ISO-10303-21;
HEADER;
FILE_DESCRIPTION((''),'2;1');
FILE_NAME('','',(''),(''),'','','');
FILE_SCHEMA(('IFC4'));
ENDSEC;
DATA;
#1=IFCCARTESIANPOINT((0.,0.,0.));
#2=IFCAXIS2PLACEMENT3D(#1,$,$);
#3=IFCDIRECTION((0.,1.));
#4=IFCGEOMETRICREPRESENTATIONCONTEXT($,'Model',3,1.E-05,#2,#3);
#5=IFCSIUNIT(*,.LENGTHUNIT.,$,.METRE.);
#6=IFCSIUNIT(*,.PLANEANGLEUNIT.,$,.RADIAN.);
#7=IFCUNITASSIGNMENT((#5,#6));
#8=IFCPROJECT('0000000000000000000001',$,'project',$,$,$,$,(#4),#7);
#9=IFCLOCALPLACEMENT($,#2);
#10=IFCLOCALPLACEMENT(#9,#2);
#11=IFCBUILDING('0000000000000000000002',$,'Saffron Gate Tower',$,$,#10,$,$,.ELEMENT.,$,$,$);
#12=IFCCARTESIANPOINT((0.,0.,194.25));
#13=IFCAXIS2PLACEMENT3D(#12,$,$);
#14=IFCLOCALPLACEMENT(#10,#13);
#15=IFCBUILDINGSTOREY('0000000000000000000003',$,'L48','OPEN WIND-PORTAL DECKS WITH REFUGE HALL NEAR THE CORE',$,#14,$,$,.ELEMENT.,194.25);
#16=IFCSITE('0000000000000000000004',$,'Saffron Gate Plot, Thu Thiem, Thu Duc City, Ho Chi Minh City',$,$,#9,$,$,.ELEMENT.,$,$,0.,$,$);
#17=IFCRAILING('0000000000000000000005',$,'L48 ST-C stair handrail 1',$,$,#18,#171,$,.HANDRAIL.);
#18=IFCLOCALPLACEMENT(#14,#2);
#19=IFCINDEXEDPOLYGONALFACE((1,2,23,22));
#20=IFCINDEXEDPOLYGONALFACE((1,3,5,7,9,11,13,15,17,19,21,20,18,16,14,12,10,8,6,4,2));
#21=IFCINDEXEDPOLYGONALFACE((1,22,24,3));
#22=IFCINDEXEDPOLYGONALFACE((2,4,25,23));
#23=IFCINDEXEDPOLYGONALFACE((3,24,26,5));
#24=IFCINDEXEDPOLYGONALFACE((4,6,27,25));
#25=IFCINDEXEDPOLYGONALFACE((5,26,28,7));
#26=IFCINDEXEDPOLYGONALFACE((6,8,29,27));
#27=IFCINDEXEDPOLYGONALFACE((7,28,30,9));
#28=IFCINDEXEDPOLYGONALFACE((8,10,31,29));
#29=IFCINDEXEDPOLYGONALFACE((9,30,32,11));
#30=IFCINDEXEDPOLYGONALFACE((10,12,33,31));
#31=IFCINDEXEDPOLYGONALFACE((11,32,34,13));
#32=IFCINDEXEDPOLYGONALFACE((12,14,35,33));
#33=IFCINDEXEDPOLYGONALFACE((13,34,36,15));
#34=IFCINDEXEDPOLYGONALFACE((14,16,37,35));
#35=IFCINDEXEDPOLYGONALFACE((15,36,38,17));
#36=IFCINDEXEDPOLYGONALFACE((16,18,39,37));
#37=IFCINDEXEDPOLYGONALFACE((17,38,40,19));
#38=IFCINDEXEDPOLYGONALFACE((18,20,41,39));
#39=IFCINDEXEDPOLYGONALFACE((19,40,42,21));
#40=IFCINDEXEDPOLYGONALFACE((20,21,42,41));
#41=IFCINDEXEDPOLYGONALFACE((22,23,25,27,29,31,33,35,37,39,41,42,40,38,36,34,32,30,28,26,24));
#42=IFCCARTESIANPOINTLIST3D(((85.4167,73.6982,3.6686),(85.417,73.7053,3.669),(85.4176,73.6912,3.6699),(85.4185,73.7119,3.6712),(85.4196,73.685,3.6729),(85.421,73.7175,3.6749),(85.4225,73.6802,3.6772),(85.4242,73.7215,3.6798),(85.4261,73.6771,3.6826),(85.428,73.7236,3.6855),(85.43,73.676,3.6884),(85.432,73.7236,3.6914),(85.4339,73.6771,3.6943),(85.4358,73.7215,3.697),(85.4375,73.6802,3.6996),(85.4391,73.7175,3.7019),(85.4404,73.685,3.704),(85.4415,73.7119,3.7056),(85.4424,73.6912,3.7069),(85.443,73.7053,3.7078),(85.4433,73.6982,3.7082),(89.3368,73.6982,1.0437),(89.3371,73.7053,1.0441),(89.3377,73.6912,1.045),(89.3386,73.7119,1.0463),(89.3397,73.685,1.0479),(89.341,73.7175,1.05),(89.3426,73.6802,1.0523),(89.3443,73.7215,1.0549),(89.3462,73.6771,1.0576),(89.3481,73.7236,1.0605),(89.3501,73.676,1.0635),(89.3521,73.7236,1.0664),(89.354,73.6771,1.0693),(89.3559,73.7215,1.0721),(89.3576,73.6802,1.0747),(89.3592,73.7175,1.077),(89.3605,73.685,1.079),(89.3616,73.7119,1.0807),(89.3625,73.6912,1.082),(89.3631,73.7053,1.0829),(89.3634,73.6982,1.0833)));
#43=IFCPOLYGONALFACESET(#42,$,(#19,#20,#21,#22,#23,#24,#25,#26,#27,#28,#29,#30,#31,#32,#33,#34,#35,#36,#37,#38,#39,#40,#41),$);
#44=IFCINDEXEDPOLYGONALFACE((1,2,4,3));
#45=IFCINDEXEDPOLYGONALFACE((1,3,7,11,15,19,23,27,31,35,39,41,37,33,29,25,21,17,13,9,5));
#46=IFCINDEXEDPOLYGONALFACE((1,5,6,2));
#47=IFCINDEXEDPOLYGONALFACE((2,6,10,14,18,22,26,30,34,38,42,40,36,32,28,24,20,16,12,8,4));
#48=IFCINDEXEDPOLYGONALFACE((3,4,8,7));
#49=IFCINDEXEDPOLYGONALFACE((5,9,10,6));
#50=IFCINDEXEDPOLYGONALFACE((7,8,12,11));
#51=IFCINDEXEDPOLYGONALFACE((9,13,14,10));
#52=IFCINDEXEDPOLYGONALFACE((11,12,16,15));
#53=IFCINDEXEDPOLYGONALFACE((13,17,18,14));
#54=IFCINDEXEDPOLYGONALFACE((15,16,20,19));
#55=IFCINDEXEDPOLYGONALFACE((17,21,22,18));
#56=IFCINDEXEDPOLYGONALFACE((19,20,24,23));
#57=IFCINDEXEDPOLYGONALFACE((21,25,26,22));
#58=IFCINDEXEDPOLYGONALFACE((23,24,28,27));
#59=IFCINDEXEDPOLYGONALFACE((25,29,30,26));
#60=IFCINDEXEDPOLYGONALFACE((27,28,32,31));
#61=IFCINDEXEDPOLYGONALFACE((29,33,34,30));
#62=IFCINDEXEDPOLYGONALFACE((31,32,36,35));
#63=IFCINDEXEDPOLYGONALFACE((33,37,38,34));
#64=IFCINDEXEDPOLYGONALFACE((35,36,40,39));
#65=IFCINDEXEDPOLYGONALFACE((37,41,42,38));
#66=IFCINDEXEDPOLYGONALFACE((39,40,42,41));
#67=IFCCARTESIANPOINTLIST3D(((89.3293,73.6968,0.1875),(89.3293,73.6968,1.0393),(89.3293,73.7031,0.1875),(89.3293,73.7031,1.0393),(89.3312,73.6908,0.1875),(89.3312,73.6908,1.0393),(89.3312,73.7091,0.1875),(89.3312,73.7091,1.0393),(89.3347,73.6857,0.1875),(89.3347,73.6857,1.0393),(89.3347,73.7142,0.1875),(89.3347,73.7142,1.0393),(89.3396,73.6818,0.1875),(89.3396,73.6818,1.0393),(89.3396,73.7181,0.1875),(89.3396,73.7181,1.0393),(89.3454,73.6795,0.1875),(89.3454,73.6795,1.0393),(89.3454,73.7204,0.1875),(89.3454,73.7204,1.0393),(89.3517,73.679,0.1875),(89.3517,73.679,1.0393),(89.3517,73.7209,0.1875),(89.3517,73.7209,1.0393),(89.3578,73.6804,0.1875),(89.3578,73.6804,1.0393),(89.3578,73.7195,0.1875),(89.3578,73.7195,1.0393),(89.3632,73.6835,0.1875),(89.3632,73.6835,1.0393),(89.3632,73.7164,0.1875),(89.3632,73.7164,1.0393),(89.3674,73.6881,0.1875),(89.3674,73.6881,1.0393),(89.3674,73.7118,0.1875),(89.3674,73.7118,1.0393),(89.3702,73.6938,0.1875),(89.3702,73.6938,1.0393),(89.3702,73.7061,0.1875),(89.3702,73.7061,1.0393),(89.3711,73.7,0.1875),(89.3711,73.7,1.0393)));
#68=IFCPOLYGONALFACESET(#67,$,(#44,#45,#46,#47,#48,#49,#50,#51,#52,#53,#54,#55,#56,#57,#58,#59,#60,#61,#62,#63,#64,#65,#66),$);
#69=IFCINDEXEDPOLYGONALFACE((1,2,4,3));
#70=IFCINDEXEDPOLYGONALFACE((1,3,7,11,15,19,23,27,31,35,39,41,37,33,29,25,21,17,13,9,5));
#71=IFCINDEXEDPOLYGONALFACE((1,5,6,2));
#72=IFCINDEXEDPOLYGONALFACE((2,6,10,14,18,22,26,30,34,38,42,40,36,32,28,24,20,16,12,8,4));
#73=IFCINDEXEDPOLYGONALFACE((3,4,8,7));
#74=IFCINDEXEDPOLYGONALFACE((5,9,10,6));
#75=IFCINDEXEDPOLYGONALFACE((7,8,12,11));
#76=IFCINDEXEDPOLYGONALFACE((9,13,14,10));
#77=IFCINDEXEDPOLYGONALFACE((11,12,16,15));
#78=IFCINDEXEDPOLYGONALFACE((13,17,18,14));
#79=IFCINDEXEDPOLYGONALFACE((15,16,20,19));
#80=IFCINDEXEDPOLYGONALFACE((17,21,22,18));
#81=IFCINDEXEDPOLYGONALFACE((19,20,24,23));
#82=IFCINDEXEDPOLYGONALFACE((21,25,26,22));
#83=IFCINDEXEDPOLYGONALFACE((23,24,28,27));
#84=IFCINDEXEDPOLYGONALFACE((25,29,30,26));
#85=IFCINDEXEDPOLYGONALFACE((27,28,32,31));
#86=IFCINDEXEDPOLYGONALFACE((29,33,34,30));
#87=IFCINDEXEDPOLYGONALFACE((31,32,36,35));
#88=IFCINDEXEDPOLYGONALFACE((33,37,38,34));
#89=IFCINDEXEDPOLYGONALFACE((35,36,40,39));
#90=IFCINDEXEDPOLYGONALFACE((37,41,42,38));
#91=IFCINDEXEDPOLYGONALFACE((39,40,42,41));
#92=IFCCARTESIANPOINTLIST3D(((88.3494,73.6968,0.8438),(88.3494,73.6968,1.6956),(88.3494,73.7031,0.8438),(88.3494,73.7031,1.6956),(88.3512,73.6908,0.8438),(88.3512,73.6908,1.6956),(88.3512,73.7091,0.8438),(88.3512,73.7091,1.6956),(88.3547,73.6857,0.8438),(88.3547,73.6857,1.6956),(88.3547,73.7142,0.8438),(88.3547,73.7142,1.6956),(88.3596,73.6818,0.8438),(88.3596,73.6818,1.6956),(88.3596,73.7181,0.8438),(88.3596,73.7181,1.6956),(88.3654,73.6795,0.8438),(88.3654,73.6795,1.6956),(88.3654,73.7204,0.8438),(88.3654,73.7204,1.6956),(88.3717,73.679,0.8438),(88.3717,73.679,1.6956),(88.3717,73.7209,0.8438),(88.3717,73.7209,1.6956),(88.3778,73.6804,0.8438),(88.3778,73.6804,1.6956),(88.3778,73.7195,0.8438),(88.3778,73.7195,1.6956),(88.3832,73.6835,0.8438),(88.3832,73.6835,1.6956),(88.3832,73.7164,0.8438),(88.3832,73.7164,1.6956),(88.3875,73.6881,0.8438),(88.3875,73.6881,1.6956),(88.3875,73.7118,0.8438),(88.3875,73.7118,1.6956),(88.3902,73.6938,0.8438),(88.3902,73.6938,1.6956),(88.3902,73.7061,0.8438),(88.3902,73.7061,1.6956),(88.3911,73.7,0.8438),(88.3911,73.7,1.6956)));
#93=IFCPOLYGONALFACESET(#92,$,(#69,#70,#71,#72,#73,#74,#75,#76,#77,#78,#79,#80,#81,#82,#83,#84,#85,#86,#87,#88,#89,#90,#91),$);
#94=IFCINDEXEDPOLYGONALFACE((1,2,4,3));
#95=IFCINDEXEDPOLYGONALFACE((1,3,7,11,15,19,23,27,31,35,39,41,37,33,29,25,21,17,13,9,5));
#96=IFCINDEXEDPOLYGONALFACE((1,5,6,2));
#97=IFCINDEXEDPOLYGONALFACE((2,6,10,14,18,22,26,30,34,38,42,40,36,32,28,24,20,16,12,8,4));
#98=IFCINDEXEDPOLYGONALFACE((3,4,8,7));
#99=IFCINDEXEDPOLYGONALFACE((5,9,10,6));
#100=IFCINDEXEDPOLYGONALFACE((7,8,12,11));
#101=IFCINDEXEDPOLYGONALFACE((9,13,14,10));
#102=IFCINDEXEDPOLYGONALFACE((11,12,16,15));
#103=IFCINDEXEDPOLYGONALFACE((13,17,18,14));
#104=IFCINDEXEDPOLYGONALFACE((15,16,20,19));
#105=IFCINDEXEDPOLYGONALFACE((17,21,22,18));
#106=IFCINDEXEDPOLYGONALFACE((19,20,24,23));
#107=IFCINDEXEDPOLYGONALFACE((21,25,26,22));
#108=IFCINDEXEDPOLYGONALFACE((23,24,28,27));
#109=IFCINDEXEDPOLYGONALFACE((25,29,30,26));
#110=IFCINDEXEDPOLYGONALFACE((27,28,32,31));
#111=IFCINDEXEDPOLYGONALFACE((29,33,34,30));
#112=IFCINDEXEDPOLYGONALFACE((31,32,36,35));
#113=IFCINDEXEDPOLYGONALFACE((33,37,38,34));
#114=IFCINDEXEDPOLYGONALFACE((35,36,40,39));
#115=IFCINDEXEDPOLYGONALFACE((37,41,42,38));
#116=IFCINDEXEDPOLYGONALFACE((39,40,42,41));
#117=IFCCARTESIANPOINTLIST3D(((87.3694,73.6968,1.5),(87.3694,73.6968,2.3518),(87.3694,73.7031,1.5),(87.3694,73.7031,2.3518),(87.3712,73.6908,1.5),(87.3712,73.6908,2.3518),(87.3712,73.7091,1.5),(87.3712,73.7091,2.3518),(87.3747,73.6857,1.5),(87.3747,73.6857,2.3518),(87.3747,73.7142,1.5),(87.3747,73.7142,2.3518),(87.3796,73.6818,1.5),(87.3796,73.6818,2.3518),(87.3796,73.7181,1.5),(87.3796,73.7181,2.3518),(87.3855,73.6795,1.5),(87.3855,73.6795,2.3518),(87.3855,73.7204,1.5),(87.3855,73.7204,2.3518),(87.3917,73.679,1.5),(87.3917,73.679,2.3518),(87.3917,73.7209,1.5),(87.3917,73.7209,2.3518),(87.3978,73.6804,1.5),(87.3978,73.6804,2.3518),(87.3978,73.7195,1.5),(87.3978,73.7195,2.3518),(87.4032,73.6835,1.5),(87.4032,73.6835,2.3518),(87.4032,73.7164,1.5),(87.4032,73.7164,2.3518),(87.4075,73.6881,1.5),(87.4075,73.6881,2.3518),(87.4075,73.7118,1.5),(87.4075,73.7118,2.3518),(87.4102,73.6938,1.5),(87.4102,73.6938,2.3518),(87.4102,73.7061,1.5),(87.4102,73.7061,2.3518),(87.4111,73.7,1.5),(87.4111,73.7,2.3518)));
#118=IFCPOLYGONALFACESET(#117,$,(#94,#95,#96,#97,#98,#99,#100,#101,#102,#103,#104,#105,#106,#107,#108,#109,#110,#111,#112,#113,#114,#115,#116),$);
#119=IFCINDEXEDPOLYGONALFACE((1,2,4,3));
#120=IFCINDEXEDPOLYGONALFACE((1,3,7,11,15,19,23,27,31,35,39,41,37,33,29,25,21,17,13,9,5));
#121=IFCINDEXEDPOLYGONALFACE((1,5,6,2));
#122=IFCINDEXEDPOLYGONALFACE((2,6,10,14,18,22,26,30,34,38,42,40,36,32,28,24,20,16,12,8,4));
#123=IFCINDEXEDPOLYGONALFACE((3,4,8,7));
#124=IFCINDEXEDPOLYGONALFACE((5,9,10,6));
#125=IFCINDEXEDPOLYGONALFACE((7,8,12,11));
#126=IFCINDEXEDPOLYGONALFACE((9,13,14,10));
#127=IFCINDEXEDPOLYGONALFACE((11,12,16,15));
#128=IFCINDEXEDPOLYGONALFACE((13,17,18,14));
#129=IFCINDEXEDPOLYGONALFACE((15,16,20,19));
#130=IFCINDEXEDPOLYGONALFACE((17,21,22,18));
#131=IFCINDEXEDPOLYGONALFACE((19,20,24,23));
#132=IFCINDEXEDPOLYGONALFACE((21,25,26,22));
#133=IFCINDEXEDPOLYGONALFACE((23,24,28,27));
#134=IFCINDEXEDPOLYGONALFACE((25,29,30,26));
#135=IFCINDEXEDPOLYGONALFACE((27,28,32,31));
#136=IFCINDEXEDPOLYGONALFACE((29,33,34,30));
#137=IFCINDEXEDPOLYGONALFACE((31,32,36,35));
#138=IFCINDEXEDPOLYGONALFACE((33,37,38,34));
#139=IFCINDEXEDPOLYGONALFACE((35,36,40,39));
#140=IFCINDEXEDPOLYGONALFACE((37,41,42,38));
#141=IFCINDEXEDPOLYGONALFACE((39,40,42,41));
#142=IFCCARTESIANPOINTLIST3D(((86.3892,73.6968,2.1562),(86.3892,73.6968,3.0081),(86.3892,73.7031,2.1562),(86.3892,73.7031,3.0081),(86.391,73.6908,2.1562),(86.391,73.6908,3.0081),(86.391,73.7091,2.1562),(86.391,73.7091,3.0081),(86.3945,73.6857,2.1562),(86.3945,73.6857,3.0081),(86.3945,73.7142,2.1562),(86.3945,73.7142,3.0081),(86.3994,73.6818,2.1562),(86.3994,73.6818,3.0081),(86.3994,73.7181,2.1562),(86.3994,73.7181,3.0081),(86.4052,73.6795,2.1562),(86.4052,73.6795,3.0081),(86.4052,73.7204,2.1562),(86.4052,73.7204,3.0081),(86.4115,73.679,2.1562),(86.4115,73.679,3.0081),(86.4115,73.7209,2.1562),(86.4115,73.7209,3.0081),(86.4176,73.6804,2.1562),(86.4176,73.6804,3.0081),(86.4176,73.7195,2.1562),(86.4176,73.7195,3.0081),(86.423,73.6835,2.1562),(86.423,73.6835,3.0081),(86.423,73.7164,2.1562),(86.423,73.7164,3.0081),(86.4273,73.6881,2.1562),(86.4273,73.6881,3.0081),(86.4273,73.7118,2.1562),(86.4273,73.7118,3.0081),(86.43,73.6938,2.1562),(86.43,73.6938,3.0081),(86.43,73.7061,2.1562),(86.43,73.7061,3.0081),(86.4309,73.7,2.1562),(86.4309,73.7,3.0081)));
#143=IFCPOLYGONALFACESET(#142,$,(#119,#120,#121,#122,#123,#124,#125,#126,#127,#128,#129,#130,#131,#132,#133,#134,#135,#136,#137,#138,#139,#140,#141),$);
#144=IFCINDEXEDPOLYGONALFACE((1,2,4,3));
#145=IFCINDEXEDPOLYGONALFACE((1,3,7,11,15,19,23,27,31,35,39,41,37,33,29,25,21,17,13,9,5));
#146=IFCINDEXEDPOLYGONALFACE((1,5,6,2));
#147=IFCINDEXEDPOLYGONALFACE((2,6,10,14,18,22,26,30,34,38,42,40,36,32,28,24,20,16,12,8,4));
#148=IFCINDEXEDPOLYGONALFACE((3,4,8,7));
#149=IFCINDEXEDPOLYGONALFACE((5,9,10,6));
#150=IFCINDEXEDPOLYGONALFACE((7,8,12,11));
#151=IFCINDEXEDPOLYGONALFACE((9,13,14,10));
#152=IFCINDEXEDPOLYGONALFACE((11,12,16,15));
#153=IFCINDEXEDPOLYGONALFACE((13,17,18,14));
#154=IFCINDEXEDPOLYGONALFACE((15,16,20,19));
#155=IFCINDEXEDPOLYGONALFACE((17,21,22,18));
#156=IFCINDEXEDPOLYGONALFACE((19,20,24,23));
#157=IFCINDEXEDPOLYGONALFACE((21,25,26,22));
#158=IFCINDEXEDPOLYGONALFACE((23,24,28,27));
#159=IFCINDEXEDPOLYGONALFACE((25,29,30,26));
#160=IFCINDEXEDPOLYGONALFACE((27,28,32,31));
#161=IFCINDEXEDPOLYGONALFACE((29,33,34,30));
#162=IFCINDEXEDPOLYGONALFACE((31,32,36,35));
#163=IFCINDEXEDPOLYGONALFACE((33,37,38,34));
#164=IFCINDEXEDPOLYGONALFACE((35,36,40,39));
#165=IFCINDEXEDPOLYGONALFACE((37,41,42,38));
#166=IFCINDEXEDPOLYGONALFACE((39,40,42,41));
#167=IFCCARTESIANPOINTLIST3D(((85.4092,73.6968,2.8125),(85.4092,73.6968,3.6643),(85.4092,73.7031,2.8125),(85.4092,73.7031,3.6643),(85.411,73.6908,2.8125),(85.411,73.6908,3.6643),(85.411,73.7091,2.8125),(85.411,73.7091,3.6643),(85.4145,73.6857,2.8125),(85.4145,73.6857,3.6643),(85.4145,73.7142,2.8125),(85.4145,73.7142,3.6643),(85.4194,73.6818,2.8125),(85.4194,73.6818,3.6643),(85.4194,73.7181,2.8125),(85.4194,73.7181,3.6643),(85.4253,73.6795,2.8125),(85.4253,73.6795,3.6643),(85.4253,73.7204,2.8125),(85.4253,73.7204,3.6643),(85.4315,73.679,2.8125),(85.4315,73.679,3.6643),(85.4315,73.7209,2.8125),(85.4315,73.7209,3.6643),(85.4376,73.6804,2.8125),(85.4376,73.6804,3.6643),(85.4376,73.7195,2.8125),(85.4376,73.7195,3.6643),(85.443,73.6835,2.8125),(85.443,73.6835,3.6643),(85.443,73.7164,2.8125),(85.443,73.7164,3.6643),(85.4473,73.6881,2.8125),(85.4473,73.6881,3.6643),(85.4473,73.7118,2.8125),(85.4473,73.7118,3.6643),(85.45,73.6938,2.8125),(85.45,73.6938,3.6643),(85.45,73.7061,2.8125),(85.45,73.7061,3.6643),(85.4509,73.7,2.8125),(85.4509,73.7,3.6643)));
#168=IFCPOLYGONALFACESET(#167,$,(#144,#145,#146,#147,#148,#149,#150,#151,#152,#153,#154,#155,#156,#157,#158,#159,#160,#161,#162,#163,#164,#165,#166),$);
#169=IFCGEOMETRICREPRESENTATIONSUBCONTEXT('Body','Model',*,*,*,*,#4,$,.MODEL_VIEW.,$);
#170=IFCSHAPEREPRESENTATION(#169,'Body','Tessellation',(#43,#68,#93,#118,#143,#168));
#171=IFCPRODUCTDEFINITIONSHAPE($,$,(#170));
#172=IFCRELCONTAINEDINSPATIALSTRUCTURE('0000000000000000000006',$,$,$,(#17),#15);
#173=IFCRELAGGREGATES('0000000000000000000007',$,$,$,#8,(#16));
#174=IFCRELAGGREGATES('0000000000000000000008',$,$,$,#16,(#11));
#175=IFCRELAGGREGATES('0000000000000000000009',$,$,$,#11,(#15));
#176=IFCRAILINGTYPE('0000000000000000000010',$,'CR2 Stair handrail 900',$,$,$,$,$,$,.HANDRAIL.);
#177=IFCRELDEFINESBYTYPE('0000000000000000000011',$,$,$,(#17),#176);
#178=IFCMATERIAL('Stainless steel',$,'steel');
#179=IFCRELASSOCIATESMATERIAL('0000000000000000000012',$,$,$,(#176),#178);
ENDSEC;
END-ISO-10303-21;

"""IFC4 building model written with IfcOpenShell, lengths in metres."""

from ifc_helpers import new_model, si_unit, direction, frame, origin, origin_2d, place, context, subcontext, project, spatial, circle, extrude, material, type_object, element, save


model = new_model("IFC4")

# Units and contexts
model_context = context("Model", 3, precision=1e-05, world=origin(), true_north=direction((0.0, 1.0)))
body_context = subcontext(model_context, "Body", "Model", "MODEL_VIEW")
ifc_project = project(units=[si_unit("LENGTHUNIT", "METRE"), si_unit("PLANEANGLEUNIT", "RADIAN")], contexts=[model_context])

# Site, building, storey
site_placement = place(None, origin())
site = spatial("IfcSite", under=ifc_project, at=site_placement, Name="Saffron Gate Plot, Thu Thiem, Thu Duc City, Ho Chi Minh City", CompositionType="ELEMENT", RefElevation=0.0)
building_placement = place(site_placement, origin())
building = spatial("IfcBuilding", under=site, at=building_placement, Name="Saffron Gate Tower", CompositionType="ELEMENT")
storey_placement = place(building_placement, frame((0.0, 0.0, 194.25)))
storey = spatial("IfcBuildingStorey", under=building, at=storey_placement, Name="L48", Description="OPEN WIND-PORTAL DECKS WITH REFUGE HALL NEAR THE CORE", CompositionType="ELEMENT", Elevation=194.25)

# Railing
ifc_material_1 = material(Name="Stainless steel", Category="steel")
railing_type_1 = type_object("IfcRailingType", Name="CR2 Stair handrail 900", PredefinedType="HANDRAIL", material=ifc_material_1)
railing_1_placement = place(storey_placement, frame((89.3501, 73.7, 0.1875)))
element("IfcRailing", 1, at=railing_1_placement, inside=storey, type_object=railing_type_1, Name="L48 ST-C stair handrail 1", PredefinedType="HANDRAIL", context=body_context, shape_type="SweptSolid", body=[
    extrude(circle(Radius=0.0239, at=origin_2d()), frame((0.0, 0.0, 0.876), z_axis=(-0.830918, 0.0, 0.556395), x_axis=(0.0, -1.0, 0.0)), (0.0, 0.0, 1.0), 4.7178),
    extrude(circle(Radius=0.021, at=origin_2d()), origin(), (0.0, 0.0, 1.0), 0.8518),
    extrude(circle(Radius=0.021, at=origin_2d()), frame((-0.98, 0.0, 0.6562)), (0.0, 0.0, 1.0), 0.8518),
    extrude(circle(Radius=0.021, at=origin_2d()), frame((-1.96, 0.0, 1.3125)), (0.0, 0.0, 1.0), 0.8518),
    extrude(circle(Radius=0.021, at=origin_2d()), frame((-2.9402, 0.0, 1.9688)), (0.0, 0.0, 1.0), 0.8518),
    extrude(circle(Radius=0.021, at=origin_2d()), frame((-3.9202, 0.0, 2.625)), (0.0, 0.0, 1.0), 0.8518),
])

save(model, "model.ifc")
